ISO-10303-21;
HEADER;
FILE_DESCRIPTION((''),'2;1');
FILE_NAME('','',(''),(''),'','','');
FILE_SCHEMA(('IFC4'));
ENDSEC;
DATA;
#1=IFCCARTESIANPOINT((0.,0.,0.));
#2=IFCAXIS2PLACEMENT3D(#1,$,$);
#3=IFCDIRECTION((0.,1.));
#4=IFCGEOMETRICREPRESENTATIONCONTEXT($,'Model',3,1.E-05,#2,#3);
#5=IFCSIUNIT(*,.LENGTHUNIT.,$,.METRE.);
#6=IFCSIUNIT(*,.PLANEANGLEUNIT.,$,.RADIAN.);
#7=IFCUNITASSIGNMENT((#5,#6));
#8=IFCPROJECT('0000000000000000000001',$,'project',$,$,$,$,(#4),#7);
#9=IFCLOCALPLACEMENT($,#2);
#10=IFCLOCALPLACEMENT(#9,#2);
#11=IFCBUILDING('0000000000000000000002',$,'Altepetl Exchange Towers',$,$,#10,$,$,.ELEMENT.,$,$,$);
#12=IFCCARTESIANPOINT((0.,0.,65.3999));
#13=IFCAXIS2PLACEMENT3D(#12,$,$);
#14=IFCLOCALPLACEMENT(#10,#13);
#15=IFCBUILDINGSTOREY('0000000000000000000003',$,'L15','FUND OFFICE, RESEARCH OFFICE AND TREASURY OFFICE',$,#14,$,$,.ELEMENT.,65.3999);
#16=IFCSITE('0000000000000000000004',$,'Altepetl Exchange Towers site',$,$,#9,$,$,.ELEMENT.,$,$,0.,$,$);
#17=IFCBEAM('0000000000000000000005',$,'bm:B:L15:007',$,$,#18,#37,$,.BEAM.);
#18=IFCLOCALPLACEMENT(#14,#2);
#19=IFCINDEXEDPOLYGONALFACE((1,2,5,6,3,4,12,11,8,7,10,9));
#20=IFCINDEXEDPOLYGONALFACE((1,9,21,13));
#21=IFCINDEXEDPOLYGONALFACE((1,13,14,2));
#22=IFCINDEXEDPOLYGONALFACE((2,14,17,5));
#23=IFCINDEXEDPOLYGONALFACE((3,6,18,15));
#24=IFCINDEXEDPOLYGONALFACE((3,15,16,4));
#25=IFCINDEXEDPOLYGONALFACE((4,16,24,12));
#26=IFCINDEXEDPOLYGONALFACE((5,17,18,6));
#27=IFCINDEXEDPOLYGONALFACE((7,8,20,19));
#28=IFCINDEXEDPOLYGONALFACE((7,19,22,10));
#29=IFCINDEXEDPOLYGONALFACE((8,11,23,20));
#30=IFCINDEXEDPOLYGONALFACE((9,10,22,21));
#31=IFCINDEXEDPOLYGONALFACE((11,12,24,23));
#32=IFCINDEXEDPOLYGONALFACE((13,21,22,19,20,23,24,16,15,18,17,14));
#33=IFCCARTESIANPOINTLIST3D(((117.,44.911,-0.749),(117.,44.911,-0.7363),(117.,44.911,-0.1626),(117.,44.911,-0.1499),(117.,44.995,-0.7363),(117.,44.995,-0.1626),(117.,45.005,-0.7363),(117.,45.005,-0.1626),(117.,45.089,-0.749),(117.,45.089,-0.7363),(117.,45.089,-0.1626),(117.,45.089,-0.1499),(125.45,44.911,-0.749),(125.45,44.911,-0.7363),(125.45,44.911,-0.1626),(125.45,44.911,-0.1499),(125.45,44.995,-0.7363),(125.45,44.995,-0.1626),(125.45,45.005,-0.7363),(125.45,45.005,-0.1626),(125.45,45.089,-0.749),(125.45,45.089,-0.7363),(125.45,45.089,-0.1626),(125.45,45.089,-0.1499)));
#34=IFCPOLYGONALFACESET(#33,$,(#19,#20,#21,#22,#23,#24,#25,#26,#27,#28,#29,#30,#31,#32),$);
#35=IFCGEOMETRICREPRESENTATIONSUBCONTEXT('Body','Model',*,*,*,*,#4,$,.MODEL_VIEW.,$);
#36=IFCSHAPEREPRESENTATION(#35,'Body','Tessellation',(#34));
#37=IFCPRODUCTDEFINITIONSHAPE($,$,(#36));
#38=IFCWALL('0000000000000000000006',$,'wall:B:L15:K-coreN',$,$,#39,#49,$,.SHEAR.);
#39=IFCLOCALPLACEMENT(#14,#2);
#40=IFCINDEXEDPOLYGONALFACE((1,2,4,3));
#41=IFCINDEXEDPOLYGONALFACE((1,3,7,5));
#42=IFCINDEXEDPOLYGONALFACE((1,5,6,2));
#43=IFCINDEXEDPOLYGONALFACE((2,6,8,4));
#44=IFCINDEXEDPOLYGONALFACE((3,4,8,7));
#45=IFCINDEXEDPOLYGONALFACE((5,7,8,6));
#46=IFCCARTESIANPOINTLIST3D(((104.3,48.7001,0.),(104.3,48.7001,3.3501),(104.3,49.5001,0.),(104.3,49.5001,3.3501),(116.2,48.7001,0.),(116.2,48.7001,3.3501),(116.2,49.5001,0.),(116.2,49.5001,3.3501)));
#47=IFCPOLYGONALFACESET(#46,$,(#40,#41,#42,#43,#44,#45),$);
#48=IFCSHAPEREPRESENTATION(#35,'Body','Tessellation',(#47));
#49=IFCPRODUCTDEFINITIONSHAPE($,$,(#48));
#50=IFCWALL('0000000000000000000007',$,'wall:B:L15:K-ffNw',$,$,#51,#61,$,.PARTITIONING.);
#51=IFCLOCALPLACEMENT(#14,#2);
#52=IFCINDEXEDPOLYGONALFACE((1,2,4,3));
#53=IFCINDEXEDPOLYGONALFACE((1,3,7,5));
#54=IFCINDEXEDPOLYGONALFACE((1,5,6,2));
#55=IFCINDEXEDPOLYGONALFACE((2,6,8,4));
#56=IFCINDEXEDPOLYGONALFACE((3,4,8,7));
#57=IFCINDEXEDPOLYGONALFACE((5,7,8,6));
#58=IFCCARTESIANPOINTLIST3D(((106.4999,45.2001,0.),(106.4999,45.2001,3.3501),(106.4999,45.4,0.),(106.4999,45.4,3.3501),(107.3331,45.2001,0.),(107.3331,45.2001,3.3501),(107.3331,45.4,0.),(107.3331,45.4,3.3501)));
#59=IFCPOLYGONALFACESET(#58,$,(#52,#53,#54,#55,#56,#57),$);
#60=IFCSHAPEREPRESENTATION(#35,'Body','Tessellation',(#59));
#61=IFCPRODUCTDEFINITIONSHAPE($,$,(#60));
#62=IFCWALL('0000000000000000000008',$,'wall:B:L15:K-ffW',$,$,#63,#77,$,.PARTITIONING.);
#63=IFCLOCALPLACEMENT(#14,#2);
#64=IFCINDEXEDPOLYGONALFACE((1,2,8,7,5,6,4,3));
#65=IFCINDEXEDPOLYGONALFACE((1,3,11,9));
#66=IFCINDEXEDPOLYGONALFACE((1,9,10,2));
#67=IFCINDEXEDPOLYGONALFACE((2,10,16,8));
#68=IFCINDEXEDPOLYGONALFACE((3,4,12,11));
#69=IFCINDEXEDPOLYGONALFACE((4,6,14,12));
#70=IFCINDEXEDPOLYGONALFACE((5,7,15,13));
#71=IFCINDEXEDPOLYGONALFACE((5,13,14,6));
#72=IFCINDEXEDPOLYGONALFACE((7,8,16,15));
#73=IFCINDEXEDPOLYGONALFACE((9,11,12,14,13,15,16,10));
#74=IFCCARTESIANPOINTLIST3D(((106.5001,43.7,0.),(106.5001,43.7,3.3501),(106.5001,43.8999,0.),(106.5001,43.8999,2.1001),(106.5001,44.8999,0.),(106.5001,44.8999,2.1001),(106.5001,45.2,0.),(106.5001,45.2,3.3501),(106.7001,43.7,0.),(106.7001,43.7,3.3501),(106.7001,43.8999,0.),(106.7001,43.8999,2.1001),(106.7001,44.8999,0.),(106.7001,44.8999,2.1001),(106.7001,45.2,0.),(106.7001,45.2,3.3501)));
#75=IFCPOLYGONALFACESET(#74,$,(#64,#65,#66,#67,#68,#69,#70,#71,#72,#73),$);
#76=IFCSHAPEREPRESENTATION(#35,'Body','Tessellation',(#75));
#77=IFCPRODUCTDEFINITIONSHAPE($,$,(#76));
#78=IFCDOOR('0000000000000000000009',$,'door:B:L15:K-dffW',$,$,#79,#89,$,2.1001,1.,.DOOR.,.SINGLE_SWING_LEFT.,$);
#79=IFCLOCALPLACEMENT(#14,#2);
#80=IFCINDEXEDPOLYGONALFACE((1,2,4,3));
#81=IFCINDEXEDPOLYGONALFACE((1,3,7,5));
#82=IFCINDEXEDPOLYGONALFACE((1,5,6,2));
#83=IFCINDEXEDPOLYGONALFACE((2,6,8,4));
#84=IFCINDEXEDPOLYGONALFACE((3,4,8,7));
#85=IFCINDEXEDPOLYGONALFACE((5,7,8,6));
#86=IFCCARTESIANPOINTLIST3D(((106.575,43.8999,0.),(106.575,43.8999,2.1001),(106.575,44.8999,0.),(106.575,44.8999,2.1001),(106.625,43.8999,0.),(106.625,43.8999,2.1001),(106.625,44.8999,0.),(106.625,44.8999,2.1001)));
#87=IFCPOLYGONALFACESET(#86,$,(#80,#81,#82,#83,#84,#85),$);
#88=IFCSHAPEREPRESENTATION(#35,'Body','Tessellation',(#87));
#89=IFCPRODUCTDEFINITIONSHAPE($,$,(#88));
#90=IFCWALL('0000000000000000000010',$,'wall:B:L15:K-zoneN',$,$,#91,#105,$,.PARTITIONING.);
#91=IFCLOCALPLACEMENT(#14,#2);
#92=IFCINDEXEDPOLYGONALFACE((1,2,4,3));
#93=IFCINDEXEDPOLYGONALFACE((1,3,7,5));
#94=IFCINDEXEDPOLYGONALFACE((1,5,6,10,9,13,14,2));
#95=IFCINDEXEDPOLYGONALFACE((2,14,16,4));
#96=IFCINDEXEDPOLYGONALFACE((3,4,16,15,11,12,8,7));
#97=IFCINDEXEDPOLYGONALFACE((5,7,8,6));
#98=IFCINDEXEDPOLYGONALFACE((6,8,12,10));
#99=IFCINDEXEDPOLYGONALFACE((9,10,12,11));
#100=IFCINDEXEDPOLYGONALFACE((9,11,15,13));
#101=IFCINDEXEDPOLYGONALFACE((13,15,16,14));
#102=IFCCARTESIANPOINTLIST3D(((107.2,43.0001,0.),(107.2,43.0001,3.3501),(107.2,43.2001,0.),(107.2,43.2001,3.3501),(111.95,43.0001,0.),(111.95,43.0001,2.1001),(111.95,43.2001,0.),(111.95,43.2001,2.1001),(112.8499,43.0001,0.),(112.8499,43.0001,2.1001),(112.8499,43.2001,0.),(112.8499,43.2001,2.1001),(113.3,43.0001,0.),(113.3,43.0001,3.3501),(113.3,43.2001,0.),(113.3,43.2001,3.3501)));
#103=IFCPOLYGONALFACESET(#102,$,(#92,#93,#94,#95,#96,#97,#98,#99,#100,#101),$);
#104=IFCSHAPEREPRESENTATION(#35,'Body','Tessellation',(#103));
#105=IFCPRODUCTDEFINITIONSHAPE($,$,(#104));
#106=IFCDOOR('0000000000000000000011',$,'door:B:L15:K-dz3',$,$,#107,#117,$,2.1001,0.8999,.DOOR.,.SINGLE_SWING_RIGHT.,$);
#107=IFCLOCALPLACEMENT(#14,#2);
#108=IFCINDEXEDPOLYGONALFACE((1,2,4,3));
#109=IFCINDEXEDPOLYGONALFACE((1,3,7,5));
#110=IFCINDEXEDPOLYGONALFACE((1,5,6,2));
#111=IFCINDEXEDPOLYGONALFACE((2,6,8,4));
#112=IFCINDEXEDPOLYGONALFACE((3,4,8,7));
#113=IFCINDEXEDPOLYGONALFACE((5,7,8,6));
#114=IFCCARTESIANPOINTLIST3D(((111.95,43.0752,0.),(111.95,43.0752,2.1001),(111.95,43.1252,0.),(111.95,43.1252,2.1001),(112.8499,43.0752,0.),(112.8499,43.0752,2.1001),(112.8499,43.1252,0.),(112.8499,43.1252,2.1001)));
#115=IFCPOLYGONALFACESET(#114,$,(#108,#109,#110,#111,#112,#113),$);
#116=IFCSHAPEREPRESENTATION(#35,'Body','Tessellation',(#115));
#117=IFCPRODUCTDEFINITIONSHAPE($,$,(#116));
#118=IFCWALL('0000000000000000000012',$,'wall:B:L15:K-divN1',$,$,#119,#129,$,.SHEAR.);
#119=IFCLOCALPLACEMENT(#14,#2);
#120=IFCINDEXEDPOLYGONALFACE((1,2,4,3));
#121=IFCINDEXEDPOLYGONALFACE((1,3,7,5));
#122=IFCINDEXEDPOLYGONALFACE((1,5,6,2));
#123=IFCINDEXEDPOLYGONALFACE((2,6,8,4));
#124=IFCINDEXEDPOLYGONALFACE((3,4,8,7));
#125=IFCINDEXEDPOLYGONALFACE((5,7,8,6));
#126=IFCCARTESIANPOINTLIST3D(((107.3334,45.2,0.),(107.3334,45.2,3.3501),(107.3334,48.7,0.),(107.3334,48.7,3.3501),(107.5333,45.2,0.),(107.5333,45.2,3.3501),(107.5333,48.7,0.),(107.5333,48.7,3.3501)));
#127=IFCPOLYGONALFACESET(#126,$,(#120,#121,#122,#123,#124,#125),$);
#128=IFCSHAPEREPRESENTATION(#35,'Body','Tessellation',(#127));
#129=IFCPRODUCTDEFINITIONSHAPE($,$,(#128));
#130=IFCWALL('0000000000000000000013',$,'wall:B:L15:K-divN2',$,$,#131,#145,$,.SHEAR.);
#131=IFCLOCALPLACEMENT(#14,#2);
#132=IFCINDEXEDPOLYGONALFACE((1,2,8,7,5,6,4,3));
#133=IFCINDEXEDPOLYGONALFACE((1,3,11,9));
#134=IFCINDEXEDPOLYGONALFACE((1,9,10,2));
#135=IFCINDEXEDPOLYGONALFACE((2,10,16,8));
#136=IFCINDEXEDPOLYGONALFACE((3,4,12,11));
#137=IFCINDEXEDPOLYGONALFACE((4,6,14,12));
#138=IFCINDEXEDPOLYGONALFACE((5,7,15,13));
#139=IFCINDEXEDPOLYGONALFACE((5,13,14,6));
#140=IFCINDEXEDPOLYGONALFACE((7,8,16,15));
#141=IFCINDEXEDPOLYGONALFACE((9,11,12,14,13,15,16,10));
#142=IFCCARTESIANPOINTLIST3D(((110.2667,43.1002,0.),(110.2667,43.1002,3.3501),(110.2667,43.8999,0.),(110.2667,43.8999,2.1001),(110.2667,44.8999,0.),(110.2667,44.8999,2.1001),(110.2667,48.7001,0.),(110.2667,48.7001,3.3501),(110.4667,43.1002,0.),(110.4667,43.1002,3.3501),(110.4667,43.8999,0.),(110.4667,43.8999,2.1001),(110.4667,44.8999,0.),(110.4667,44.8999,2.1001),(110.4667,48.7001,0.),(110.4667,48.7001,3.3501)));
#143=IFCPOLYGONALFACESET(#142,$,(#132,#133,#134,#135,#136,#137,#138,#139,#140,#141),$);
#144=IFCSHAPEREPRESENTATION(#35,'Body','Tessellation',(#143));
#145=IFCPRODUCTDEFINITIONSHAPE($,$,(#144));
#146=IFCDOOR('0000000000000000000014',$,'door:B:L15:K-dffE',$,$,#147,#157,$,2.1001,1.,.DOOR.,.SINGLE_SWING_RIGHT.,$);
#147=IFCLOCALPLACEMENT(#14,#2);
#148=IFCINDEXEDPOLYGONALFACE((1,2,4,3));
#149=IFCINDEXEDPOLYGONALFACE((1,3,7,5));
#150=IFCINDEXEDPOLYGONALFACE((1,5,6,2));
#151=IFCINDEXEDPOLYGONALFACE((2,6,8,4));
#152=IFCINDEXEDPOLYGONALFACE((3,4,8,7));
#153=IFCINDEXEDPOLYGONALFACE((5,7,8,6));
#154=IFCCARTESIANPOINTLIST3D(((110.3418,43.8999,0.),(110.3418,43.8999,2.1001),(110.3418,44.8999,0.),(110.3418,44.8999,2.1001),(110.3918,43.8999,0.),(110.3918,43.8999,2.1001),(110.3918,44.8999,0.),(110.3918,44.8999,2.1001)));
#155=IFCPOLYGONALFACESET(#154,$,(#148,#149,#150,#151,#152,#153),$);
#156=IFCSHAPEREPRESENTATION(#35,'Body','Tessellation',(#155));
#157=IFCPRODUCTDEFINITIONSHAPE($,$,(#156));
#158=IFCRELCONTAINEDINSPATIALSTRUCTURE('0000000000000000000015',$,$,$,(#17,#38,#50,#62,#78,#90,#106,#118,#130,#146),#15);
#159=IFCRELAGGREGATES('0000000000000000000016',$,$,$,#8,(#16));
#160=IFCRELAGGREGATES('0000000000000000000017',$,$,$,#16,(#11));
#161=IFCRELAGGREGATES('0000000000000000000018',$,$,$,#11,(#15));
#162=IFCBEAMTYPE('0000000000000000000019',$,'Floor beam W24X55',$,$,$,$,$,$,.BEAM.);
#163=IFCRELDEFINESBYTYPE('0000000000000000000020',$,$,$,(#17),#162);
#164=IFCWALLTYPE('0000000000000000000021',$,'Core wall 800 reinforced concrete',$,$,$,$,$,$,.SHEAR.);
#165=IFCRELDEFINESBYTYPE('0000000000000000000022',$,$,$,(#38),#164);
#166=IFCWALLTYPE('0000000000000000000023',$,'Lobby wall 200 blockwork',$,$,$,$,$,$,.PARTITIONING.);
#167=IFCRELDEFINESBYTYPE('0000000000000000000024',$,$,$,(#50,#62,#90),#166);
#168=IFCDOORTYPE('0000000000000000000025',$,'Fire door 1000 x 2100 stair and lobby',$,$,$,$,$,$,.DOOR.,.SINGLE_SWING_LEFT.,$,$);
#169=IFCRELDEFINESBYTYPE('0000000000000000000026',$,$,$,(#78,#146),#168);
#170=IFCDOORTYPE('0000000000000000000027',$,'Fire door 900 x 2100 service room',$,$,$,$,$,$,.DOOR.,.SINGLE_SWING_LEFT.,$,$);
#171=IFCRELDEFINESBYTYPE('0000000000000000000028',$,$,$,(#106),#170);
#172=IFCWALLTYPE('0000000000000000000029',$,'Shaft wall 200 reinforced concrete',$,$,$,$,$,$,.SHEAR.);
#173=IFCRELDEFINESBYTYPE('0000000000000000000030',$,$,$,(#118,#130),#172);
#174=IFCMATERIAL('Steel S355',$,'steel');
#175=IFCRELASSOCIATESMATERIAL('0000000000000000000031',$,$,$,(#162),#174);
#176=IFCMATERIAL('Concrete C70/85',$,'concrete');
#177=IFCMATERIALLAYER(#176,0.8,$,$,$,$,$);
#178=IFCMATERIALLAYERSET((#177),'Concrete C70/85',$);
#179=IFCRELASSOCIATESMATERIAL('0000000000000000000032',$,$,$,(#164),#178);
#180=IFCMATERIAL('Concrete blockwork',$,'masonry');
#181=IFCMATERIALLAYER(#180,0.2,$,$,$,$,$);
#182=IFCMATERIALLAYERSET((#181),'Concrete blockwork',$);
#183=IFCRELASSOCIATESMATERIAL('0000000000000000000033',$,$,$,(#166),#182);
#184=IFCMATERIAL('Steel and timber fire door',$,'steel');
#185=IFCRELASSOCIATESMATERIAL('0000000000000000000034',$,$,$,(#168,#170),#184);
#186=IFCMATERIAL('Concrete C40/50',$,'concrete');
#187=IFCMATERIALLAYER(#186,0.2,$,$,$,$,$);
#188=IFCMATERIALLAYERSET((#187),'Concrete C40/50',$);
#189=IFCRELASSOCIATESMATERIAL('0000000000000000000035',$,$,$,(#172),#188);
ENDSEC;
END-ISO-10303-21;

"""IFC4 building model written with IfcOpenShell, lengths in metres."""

from ifc_helpers import new_model, si_unit, direction, frame, frame_2d, origin, origin_2d, place, context, subcontext, project, spatial, rectangle, i_section, extrude, material, layer, layer_set, material_profile, profile_set, type_object, element, fill, save


model = new_model("IFC4")

# Units and contexts
model_context = context("Model", 3, precision=1e-05, world=origin(), true_north=direction((0.0, 1.0)))
body_context = subcontext(model_context, "Body", "Model", "MODEL_VIEW")
ifc_project = project(units=[si_unit("LENGTHUNIT", "METRE"), si_unit("PLANEANGLEUNIT", "RADIAN")], contexts=[model_context])

# Site, building, storey
site_placement = place(None, origin())
site = spatial("IfcSite", under=ifc_project, at=site_placement, Name="Altepetl Exchange Towers site", CompositionType="ELEMENT", RefElevation=0.0)
building_placement = place(site_placement, origin())
building = spatial("IfcBuilding", under=site, at=building_placement, Name="Altepetl Exchange Towers", CompositionType="ELEMENT")
storey_placement = place(building_placement, frame((0.0, 0.0, 65.3999)))
storey = spatial("IfcBuildingStorey", under=building, at=storey_placement, Name="L15", Description="FUND OFFICE, RESEARCH OFFICE AND TREASURY OFFICE", CompositionType="ELEMENT", Elevation=65.3999)

# Beam
ifc_material_1 = material(Name="Steel S355", Category="steel")
ifc_material_profile = material_profile(ifc_material_1, i_section(OverallWidth=0.178, OverallDepth=0.5991, WebThickness=0.01, FlangeThickness=0.0127, at=origin_2d()), Name="W24X55")
ifc_profile_set = profile_set([ifc_material_profile], Name="Steel S355")
beam_type = type_object("IfcBeamType", Name="Floor beam W24X55", PredefinedType="BEAM", material=ifc_profile_set)
beam_placement = place(storey_placement, frame((117.0, 45.0, -0.4495), z_axis=(1.0, 0.0, 0.0), x_axis=(0.0, 1.0, 0.0)))
element("IfcBeam", 1, at=beam_placement, inside=storey, type_object=beam_type, Name="bm:B:L15:007", PredefinedType="BEAM", context=body_context, shape_type="SweptSolid", body=[
    extrude(i_section(OverallWidth=0.178, OverallDepth=0.5991, WebThickness=0.01, FlangeThickness=0.0127, at=origin_2d()), origin(), (0.0, 0.0, 1.0), 8.45),
])

# Walls
ifc_material_2 = material(Name="Concrete C70/85", Category="concrete")
ifc_layer_1 = layer(ifc_material_2, 0.8)
ifc_layer_set_1 = layer_set([ifc_layer_1], Name="Concrete C70/85")
wall_type_1 = type_object("IfcWallType", Name="Core wall 800 reinforced concrete", PredefinedType="SHEAR", material=ifc_layer_set_1)
wall_1_placement = place(storey_placement, frame((104.3, 49.1001, 0.0)))
element("IfcWall", 2, at=wall_1_placement, inside=storey, type_object=wall_type_1, Name="wall:B:L15:K-coreN", PredefinedType="SHEAR", context=body_context, shape_type="SweptSolid", body=[
    extrude(rectangle(XDim=11.8999, YDim=0.8, at=frame_2d((5.95, 0.0))), origin(), (0.0, 0.0, 1.0), 3.3501),
])
ifc_material_3 = material(Name="Concrete blockwork", Category="masonry")
ifc_layer_2 = layer(ifc_material_3, 0.2)
ifc_layer_set_2 = layer_set([ifc_layer_2], Name="Concrete blockwork")
wall_type_2 = type_object("IfcWallType", Name="Lobby wall 200 blockwork", PredefinedType="PARTITIONING", material=ifc_layer_set_2)
wall_2_placement = place(storey_placement, frame((106.5, 45.3, 0.0)))
element("IfcWall", 3, at=wall_2_placement, inside=storey, type_object=wall_type_2, Name="wall:B:L15:K-ffNw", PredefinedType="PARTITIONING", context=body_context, shape_type="SweptSolid", body=[
    extrude(rectangle(XDim=0.8333, YDim=0.2, at=frame_2d((0.4165, 0.0))), origin(), (0.0, 0.0, 1.0), 3.3501),
])

# Walls, openings, doors
wall_3_placement = place(storey_placement, frame((106.6001, 43.7, 0.0), z_axis=(0.0, 0.0, 1.0), x_axis=(0.0, 1.0, 0.0)))
wall_3 = element("IfcWall", 4, at=wall_3_placement, inside=storey, type_object=wall_type_2, Name="wall:B:L15:K-ffW", PredefinedType="PARTITIONING", context=body_context, shape_type="SweptSolid", body=[
    extrude(rectangle(XDim=1.5, YDim=0.2, at=frame_2d((0.75, 0.0))), origin(), (0.0, 0.0, 1.0), 3.3501),
])
opening_1_placement = place(wall_3_placement, frame((0.2, 0.0, 0.0)))
opening_1 = element("IfcOpeningElement", 5, at=opening_1_placement, cuts=wall_3, PredefinedType="OPENING", context=body_context, shape_type="SweptSolid", body=[
    extrude(rectangle(XDim=1.0, YDim=2.1001, at=frame_2d((0.5, 1.05))), frame((0.0, 0.1099, 0.0), z_axis=(0.0, -1.0, 0.0), x_axis=(1.0, 0.0, 0.0)), (0.0, 0.0, 1.0), 0.22),
])
ifc_material_4 = material(Name="Steel and timber fire door", Category="steel")
door_type_1 = type_object("IfcDoorType", Name="Fire door 1000 x 2100 stair and lobby", OperationType="SINGLE_SWING_LEFT", PredefinedType="DOOR", material=ifc_material_4)
door_1_placement = place(opening_1_placement, frame((1.0, 0.0, 0.0), x_axis=(-1.0, 0.0, 0.0)))
door_1 = element("IfcDoor", 6, at=door_1_placement, inside=storey, type_object=door_type_1, Name="door:B:L15:K-dffW", OperationType="SINGLE_SWING_LEFT", OverallHeight=2.1001, OverallWidth=1.0, PredefinedType="DOOR", context=body_context, shape_type="SweptSolid", body=[
    extrude(rectangle(XDim=1.0, YDim=2.1001, at=frame_2d((0.5, 1.05))), frame((0.0, 0.0249, 0.0), z_axis=(0.0, -1.0, 0.0), x_axis=(1.0, 0.0, 0.0)), (0.0, 0.0, 1.0), 0.05),
])
fill(opening_1, door_1)
wall_4_placement = place(storey_placement, frame((107.2, 43.1001, 0.0)))
wall_4 = element("IfcWall", 7, at=wall_4_placement, inside=storey, type_object=wall_type_2, Name="wall:B:L15:K-zoneN", PredefinedType="PARTITIONING", context=body_context, shape_type="SweptSolid", body=[
    extrude(rectangle(XDim=6.1001, YDim=0.2, at=frame_2d((3.05, 0.0))), origin(), (0.0, 0.0, 1.0), 3.3501),
])
opening_2_placement = place(wall_4_placement, frame((4.75, 0.0, 0.0)))
opening_2 = element("IfcOpeningElement", 8, at=opening_2_placement, cuts=wall_4, PredefinedType="OPENING", context=body_context, shape_type="SweptSolid", body=[
    extrude(rectangle(XDim=0.8999, YDim=2.1001, at=frame_2d((0.45, 1.05))), frame((0.0, 0.1099, 0.0), z_axis=(0.0, -1.0, 0.0), x_axis=(1.0, 0.0, 0.0)), (0.0, 0.0, 1.0), 0.22),
])
door_type_2 = type_object("IfcDoorType", Name="Fire door 900 x 2100 service room", OperationType="SINGLE_SWING_LEFT", PredefinedType="DOOR", material=ifc_material_4)
door_2_placement = place(opening_2_placement, frame((0.8999, 0.0, 0.0), x_axis=(-1.0, 0.0, 0.0)))
door_2 = element("IfcDoor", 9, at=door_2_placement, inside=storey, type_object=door_type_2, Name="door:B:L15:K-dz3", OperationType="SINGLE_SWING_RIGHT", OverallHeight=2.1001, OverallWidth=0.8999, PredefinedType="DOOR", context=body_context, shape_type="SweptSolid", body=[
    extrude(rectangle(XDim=0.8999, YDim=2.1001, at=frame_2d((0.45, 1.05))), frame((0.0, 0.0249, 0.0), z_axis=(0.0, -1.0, 0.0), x_axis=(1.0, 0.0, 0.0)), (0.0, 0.0, 1.0), 0.05),
])
fill(opening_2, door_2)

# Wall
ifc_material_5 = material(Name="Concrete C40/50", Category="concrete")
ifc_layer_3 = layer(ifc_material_5, 0.2)
ifc_layer_set_3 = layer_set([ifc_layer_3], Name="Concrete C40/50")
wall_type_3 = type_object("IfcWallType", Name="Shaft wall 200 reinforced concrete", PredefinedType="SHEAR", material=ifc_layer_set_3)
wall_5_placement = place(storey_placement, frame((107.4333, 48.7, 0.0), z_axis=(0.0, 0.0, 1.0), x_axis=(0.0, -1.0, 0.0)))
element("IfcWall", 10, at=wall_5_placement, inside=storey, type_object=wall_type_3, Name="wall:B:L15:K-divN1", PredefinedType="SHEAR", context=body_context, shape_type="SweptSolid", body=[
    extrude(rectangle(XDim=3.5, YDim=0.2, at=frame_2d((1.75, 0.0))), origin(), (0.0, 0.0, 1.0), 3.3501),
])

# Wall, opening, door
wall_6_placement = place(storey_placement, frame((110.3667, 48.7, 0.0), z_axis=(0.0, 0.0, 1.0), x_axis=(0.0, -1.0, 0.0)))
wall_6 = element("IfcWall", 11, at=wall_6_placement, inside=storey, type_object=wall_type_3, Name="wall:B:L15:K-divN2", PredefinedType="SHEAR", context=body_context, shape_type="SweptSolid", body=[
    extrude(rectangle(XDim=5.5999, YDim=0.2, at=frame_2d((2.7998, 0.0))), origin(), (0.0, 0.0, 1.0), 3.3501),
])
opening_3_placement = place(wall_6_placement, frame((3.8, 0.0, 0.0)))
opening_3 = element("IfcOpeningElement", 12, at=opening_3_placement, cuts=wall_6, PredefinedType="OPENING", context=body_context, shape_type="SweptSolid", body=[
    extrude(rectangle(XDim=1.0, YDim=2.1001, at=frame_2d((0.5, 1.05))), frame((0.0, 0.1099, 0.0), z_axis=(0.0, -1.0, 0.0), x_axis=(1.0, 0.0, 0.0)), (0.0, 0.0, 1.0), 0.22),
])
door_3_placement = place(opening_3_placement, frame((1.0, 0.0, 0.0), x_axis=(-1.0, 0.0, 0.0)))
door_3 = element("IfcDoor", 13, at=door_3_placement, inside=storey, type_object=door_type_1, Name="door:B:L15:K-dffE", OperationType="SINGLE_SWING_RIGHT", OverallHeight=2.1001, OverallWidth=1.0, PredefinedType="DOOR", context=body_context, shape_type="SweptSolid", body=[
    extrude(rectangle(XDim=1.0, YDim=2.1001, at=frame_2d((0.5, 1.05))), frame((0.0, 0.0249, 0.0), z_axis=(0.0, -1.0, 0.0), x_axis=(1.0, 0.0, 0.0)), (0.0, 0.0, 1.0), 0.05),
])
fill(opening_3, door_3)

save(model, "model.ifc")
